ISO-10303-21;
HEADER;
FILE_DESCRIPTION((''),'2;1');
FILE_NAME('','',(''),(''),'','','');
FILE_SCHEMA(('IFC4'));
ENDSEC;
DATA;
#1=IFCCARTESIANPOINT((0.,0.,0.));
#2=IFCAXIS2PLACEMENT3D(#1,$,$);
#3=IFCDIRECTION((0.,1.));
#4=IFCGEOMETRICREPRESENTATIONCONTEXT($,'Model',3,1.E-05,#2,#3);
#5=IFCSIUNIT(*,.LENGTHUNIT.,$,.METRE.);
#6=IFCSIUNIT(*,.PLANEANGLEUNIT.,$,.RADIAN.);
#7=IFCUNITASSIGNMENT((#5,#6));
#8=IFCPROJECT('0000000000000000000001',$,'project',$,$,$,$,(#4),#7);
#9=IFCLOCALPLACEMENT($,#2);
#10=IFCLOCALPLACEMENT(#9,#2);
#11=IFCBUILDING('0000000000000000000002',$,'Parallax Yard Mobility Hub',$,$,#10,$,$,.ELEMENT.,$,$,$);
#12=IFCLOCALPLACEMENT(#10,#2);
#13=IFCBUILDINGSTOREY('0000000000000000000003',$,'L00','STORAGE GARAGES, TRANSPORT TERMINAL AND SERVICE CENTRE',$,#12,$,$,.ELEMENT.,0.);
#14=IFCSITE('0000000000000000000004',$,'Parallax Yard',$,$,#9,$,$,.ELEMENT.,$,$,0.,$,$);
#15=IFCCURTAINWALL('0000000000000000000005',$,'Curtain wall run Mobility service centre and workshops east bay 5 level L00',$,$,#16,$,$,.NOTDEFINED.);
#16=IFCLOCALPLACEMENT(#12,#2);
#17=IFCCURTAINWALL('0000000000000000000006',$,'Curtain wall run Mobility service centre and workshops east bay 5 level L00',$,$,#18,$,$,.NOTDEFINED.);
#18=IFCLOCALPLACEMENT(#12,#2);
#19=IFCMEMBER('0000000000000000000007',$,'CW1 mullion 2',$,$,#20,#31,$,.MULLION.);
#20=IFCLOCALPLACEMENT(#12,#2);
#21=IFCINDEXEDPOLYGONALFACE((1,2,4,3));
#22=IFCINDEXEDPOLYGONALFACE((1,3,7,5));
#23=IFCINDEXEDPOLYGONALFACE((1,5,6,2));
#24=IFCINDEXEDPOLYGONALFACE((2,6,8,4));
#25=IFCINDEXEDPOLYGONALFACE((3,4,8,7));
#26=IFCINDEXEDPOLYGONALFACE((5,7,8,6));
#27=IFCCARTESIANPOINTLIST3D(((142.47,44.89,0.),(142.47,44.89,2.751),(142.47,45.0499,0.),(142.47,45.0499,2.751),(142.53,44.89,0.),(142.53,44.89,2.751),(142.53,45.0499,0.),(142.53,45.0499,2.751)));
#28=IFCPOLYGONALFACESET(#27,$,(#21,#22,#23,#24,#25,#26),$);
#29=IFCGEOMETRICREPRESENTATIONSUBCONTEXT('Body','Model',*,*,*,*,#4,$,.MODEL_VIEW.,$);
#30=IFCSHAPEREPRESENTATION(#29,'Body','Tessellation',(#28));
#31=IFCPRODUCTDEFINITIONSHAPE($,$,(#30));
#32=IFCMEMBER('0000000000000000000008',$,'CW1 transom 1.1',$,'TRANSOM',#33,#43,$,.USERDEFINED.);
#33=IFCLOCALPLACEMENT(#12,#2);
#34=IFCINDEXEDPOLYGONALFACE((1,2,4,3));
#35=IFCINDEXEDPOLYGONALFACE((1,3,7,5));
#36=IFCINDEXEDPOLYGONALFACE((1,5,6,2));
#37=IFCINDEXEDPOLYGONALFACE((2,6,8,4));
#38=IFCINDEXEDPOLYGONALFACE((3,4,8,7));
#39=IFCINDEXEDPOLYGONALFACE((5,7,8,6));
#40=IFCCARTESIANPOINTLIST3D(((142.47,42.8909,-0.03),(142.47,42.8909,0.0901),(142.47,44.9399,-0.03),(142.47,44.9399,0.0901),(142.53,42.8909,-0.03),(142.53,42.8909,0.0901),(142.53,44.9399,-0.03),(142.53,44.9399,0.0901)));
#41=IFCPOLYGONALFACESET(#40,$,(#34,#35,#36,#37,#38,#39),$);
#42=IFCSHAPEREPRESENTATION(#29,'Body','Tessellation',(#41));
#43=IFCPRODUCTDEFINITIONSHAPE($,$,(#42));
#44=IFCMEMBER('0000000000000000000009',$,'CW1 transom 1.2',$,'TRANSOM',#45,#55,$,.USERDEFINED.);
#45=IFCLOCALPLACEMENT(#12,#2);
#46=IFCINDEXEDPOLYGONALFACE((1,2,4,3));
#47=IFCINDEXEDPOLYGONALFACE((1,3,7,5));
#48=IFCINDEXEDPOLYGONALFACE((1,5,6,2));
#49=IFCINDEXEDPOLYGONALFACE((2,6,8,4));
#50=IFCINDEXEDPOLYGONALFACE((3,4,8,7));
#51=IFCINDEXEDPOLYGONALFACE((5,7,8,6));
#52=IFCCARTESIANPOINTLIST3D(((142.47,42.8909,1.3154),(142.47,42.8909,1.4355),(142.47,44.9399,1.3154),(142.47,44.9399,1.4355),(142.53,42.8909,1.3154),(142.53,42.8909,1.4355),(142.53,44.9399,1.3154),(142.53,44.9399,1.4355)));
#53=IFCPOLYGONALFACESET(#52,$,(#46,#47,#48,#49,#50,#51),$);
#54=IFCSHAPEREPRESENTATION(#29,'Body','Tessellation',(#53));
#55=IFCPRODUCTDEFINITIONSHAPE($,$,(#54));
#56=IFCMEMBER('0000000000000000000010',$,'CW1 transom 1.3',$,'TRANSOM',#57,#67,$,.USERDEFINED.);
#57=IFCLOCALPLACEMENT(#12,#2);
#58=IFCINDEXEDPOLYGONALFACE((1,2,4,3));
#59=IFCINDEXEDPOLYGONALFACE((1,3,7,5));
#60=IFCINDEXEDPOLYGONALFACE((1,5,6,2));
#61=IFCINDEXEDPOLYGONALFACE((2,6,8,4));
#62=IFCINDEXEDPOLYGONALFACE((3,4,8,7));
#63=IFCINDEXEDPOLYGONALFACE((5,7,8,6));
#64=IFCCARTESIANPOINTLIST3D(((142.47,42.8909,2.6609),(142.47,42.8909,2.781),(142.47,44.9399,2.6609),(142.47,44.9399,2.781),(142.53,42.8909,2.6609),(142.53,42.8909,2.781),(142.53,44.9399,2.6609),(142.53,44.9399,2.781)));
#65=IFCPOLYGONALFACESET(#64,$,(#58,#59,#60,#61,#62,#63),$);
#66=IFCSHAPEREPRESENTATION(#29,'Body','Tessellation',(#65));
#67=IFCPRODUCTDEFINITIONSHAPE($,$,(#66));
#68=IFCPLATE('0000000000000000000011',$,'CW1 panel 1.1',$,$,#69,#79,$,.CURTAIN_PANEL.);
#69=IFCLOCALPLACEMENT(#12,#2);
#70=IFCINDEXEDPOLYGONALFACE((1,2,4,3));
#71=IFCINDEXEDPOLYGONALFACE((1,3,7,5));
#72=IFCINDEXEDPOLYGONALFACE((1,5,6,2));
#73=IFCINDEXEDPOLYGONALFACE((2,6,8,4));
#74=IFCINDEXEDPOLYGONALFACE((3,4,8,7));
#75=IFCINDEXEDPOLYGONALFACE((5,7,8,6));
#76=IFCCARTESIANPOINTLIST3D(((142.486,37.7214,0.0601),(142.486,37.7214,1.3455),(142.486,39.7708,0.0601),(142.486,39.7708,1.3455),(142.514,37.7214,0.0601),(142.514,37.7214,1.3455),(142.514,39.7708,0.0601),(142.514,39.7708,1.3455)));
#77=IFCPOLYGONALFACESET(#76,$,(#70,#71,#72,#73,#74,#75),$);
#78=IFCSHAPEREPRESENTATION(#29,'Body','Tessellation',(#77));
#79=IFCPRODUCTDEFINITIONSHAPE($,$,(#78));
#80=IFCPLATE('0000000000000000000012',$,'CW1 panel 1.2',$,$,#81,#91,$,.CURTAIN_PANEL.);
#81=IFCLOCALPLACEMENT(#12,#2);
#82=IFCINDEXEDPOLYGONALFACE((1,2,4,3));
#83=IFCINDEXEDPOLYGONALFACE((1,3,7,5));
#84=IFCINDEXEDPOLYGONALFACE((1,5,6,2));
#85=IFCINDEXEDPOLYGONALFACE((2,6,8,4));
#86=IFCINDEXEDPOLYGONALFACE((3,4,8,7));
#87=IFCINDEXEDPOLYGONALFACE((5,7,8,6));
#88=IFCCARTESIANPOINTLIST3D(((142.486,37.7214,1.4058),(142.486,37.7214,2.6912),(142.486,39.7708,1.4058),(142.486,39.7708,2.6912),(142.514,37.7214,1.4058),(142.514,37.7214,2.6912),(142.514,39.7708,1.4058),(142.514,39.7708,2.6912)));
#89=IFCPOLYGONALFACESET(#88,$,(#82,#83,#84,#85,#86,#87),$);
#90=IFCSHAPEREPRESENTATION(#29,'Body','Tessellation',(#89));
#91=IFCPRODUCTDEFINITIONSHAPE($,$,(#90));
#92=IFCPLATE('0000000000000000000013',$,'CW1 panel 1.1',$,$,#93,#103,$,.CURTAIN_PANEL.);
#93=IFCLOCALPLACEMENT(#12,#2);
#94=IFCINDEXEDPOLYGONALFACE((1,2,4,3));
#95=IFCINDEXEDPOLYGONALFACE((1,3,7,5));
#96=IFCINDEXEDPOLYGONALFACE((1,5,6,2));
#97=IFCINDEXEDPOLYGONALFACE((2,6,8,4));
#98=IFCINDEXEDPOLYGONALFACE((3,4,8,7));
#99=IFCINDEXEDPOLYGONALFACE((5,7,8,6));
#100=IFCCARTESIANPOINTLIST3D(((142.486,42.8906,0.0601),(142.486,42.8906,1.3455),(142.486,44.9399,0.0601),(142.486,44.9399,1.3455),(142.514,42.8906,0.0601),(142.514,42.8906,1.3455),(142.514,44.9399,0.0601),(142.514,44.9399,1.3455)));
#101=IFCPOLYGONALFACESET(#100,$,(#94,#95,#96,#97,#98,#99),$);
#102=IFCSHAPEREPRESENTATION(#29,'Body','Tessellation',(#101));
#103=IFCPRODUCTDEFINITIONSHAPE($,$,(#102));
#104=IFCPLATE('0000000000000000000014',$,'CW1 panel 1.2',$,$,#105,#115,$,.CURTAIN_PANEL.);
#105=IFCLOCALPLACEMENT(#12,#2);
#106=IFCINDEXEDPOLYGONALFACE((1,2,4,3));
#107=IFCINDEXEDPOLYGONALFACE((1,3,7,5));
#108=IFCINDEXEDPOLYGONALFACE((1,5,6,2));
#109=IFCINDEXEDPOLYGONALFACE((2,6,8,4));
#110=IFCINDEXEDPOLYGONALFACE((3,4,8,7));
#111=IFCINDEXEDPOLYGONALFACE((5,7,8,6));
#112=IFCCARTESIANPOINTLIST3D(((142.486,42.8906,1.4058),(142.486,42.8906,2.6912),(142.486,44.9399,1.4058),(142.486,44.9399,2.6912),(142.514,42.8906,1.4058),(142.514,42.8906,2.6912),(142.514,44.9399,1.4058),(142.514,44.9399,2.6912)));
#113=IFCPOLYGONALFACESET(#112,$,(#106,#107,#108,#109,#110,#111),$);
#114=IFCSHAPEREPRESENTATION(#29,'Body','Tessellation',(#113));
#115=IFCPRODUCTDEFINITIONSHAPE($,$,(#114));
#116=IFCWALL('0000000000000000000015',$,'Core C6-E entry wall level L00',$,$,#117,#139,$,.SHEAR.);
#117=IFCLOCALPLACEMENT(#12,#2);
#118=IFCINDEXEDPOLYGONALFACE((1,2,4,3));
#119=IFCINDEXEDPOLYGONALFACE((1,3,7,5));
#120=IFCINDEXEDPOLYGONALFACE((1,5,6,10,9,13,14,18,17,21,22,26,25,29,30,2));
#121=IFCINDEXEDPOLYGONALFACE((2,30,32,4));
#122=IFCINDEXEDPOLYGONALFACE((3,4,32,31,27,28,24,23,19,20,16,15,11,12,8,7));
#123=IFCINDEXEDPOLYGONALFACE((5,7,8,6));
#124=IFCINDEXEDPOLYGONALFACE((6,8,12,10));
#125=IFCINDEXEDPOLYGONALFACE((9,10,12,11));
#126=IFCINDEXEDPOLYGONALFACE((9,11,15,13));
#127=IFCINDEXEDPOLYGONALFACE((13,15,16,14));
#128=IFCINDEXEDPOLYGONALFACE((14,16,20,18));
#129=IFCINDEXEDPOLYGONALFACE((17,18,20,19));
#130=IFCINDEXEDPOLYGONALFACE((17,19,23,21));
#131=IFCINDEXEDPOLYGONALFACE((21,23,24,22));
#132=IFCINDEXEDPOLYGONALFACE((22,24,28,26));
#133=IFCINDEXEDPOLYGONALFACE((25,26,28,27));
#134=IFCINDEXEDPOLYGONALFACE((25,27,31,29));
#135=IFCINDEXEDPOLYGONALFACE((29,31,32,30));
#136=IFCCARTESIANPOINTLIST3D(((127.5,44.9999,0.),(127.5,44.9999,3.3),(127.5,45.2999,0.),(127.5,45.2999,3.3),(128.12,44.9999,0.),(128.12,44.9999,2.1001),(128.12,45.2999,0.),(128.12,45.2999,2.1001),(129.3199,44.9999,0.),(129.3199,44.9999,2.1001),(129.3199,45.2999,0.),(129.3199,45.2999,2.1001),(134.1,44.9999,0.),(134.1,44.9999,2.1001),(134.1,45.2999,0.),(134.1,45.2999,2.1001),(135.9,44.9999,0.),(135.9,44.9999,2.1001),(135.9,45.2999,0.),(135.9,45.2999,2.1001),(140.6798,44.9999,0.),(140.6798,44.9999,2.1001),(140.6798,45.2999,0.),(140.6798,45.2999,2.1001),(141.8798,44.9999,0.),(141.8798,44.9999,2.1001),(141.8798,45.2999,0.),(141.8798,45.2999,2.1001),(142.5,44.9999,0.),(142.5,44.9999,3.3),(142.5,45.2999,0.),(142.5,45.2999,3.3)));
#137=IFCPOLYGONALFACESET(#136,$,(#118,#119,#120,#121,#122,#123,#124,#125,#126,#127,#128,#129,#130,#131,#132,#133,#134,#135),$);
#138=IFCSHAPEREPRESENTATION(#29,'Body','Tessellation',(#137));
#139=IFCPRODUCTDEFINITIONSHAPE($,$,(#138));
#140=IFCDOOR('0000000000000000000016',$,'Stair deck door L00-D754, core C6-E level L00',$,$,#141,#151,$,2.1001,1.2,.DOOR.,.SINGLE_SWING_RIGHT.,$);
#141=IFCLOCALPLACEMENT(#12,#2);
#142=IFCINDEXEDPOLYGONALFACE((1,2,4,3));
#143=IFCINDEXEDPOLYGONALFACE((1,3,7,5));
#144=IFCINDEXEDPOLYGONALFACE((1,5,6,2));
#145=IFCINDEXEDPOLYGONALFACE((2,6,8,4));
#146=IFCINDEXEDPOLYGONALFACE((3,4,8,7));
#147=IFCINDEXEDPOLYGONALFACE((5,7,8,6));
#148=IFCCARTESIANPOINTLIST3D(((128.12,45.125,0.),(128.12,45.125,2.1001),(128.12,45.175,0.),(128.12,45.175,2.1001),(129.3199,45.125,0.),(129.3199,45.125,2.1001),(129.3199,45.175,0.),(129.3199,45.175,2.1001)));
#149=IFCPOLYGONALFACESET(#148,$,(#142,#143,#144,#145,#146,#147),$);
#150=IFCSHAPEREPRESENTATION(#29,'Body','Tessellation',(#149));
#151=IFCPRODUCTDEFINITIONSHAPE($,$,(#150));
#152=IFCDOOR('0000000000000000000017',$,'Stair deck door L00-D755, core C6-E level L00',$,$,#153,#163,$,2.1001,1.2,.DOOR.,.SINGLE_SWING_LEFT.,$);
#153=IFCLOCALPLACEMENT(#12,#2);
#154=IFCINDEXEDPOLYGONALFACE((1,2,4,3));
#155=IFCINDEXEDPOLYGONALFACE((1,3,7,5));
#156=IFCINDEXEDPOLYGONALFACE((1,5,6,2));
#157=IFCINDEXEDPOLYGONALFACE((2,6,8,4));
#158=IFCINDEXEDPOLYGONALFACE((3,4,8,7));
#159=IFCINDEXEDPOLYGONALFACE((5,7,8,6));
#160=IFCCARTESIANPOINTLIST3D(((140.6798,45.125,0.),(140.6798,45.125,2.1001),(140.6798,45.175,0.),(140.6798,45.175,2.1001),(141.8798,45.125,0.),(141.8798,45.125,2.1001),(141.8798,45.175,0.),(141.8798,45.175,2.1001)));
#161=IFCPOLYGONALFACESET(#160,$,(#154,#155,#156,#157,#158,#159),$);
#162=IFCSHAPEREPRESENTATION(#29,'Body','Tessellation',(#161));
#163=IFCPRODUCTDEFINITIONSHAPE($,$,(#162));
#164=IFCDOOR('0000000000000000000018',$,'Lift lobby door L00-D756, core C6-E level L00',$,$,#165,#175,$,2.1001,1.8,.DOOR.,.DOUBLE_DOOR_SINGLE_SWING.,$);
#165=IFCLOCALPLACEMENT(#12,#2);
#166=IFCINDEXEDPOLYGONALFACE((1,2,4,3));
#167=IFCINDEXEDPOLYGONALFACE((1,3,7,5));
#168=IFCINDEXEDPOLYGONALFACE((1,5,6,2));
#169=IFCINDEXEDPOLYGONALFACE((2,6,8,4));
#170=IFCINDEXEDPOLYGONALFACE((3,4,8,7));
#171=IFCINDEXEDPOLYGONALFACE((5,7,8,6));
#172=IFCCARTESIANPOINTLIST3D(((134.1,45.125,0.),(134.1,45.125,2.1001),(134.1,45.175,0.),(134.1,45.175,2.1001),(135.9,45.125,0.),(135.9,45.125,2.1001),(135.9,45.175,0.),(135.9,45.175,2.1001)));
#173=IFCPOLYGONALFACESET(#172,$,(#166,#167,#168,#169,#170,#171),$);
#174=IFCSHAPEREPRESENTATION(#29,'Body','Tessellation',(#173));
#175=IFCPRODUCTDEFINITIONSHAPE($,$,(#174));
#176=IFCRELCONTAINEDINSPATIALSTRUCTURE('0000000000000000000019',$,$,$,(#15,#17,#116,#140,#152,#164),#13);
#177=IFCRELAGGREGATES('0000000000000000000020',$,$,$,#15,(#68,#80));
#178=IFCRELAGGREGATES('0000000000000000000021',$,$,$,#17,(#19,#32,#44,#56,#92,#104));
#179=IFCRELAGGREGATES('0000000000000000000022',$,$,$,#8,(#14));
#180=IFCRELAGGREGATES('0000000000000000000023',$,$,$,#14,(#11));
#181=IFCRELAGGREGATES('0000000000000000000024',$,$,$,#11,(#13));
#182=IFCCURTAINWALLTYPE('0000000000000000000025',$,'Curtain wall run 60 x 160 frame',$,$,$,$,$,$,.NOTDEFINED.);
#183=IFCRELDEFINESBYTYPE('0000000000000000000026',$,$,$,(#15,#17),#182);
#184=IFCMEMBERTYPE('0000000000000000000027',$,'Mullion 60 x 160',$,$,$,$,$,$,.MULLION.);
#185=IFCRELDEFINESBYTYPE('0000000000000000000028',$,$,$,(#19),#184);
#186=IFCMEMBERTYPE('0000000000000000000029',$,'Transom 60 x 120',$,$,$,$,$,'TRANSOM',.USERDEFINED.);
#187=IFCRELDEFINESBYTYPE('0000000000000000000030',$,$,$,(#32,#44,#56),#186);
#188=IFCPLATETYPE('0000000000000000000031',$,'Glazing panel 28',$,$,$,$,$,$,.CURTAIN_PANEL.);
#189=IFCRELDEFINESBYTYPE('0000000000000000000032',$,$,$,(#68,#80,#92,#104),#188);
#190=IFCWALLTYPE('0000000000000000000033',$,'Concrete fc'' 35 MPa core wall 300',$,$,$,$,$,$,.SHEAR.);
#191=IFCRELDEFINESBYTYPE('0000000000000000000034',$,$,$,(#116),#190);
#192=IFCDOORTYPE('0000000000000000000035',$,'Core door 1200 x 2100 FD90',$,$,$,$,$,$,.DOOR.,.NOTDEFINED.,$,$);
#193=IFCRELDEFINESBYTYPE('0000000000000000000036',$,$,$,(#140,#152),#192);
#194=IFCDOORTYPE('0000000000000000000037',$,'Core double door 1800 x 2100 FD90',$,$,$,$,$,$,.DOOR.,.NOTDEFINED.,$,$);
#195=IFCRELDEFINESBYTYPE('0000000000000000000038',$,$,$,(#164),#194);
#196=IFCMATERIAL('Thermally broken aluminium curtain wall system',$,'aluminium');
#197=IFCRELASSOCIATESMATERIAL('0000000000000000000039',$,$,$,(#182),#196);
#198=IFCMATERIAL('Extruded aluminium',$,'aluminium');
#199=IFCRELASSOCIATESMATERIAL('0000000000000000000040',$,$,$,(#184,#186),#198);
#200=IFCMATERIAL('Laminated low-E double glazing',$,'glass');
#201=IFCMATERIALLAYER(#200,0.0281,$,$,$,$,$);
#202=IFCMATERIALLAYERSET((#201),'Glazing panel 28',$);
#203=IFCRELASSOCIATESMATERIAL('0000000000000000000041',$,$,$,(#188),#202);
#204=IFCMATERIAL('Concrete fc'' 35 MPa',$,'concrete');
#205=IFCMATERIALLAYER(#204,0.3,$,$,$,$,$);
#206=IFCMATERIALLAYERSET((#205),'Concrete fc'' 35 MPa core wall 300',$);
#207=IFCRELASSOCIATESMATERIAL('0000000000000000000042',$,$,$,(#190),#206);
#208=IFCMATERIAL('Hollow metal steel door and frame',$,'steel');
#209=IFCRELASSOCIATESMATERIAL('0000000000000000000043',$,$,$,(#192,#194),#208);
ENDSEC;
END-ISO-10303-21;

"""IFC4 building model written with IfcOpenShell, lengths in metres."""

from ifc_helpers import new_model, si_unit, direction, frame, frame_2d, origin, origin_2d, place, context, subcontext, project, spatial, rectangle, extrude, material, layer, layer_set, material_profile, profile_set, type_object, element, fill, aggregate, save


model = new_model("IFC4")

# Units and contexts
model_context = context("Model", 3, precision=1e-05, world=origin(), true_north=direction((0.0, 1.0)))
body_context = subcontext(model_context, "Body", "Model", "MODEL_VIEW")
ifc_project = project(units=[si_unit("LENGTHUNIT", "METRE"), si_unit("PLANEANGLEUNIT", "RADIAN")], contexts=[model_context])

# Site, building, storey
site_placement = place(None, origin())
site = spatial("IfcSite", under=ifc_project, at=site_placement, Name="Parallax Yard", CompositionType="ELEMENT", RefElevation=0.0)
building_placement = place(site_placement, origin())
building = spatial("IfcBuilding", under=site, at=building_placement, Name="Parallax Yard Mobility Hub", CompositionType="ELEMENT")
storey_placement = place(building_placement, origin())
storey = spatial("IfcBuildingStorey", under=building, at=storey_placement, Name="L00", Description="STORAGE GARAGES, TRANSPORT TERMINAL AND SERVICE CENTRE", CompositionType="ELEMENT", Elevation=0.0)

# Curtain wall
ifc_material_1 = material(Name="Thermally broken aluminium curtain wall system", Category="aluminium")
curtain_wall_type = type_object("IfcCurtainWallType", Name="Curtain wall run 60 x 160 frame", PredefinedType="NOTDEFINED", material=ifc_material_1)
ifc_material_2 = material(Name="Extruded aluminium", Category="aluminium")
ifc_material_profile_1 = material_profile(ifc_material_2, rectangle(XDim=0.0601, YDim=0.1599, at=origin_2d()), Name="Mullion 60 x 160")
ifc_profile_set_1 = profile_set([ifc_material_profile_1], Name="Extruded aluminium")
member_type_1 = type_object("IfcMemberType", Name="Mullion 60 x 160", PredefinedType="MULLION", material=ifc_profile_set_1)
curtain_wall_1_placement = place(storey_placement, origin())
curtain_wall_1 = element("IfcCurtainWall", 1, at=curtain_wall_1_placement, inside=storey, type_object=curtain_wall_type, Name="Curtain wall run Mobility service centre and workshops east bay 5 level L00", PredefinedType="NOTDEFINED")

# Curtain wall, members
curtain_wall_2_placement = place(storey_placement, origin())
curtain_wall_2 = element("IfcCurtainWall", 2, at=curtain_wall_2_placement, inside=storey, type_object=curtain_wall_type, Name="Curtain wall run Mobility service centre and workshops east bay 5 level L00", PredefinedType="NOTDEFINED")
member_1_placement = place(storey_placement, frame((142.5, 44.97, 0.0), z_axis=(0.0, 0.0, 1.0), x_axis=(-1.0, 0.0, 0.0)))
member_1 = element("IfcMember", 3, at=member_1_placement, type_object=member_type_1, Name="CW1 mullion 2", PredefinedType="MULLION", context=body_context, shape_type="SweptSolid", body=[
    extrude(rectangle(XDim=0.0601, YDim=0.1599, at=origin_2d()), origin(), (0.0, 0.0, 1.0), 2.751),
])
ifc_material_profile_2 = material_profile(ifc_material_2, rectangle(XDim=0.0601, YDim=0.1201, at=origin_2d()), Name="Transom 60 x 120")
ifc_profile_set_2 = profile_set([ifc_material_profile_2], Name="Extruded aluminium")
member_type_2 = type_object("IfcMemberType", Name="Transom 60 x 120", ElementType="TRANSOM", PredefinedType="USERDEFINED", material=ifc_profile_set_2)
member_2_placement = place(storey_placement, frame((142.5, 42.8909, 0.03), z_axis=(0.0, 1.0, 0.0), x_axis=(-1.0, 0.0, 0.0)))
member_2 = element("IfcMember", 4, at=member_2_placement, type_object=member_type_2, Name="CW1 transom 1.1", ObjectType="TRANSOM", PredefinedType="USERDEFINED", context=body_context, shape_type="SweptSolid", body=[
    extrude(rectangle(XDim=0.0601, YDim=0.1201, at=origin_2d()), origin(), (0.0, 0.0, 1.0), 2.0491),
])
member_3_placement = place(storey_placement, frame((142.5, 42.8909, 1.3755), z_axis=(0.0, 1.0, 0.0), x_axis=(-1.0, 0.0, 0.0)))
member_3 = element("IfcMember", 5, at=member_3_placement, type_object=member_type_2, Name="CW1 transom 1.2", ObjectType="TRANSOM", PredefinedType="USERDEFINED", context=body_context, shape_type="SweptSolid", body=[
    extrude(rectangle(XDim=0.0601, YDim=0.1201, at=origin_2d()), origin(), (0.0, 0.0, 1.0), 2.0491),
])
member_4_placement = place(storey_placement, frame((142.5, 42.8909, 2.7209), z_axis=(0.0, 1.0, 0.0), x_axis=(-1.0, 0.0, 0.0)))
member_4 = element("IfcMember", 6, at=member_4_placement, type_object=member_type_2, Name="CW1 transom 1.3", ObjectType="TRANSOM", PredefinedType="USERDEFINED", context=body_context, shape_type="SweptSolid", body=[
    extrude(rectangle(XDim=0.0601, YDim=0.1201, at=origin_2d()), origin(), (0.0, 0.0, 1.0), 2.0491),
])

# Plates
ifc_material_3 = material(Name="Laminated low-E double glazing", Category="glass")
ifc_layer_1 = layer(ifc_material_3, 0.0281)
ifc_layer_set_1 = layer_set([ifc_layer_1], Name="Glazing panel 28")
plate_type = type_object("IfcPlateType", Name="Glazing panel 28", PredefinedType="CURTAIN_PANEL", material=ifc_layer_set_1)
plate_1_placement = place(storey_placement, frame((142.5, 38.7461, 0.0601), z_axis=(0.0, 0.0, 1.0), x_axis=(0.0, 1.0, 0.0)))
plate_1 = element("IfcPlate", 7, at=plate_1_placement, type_object=plate_type, Name="CW1 panel 1.1", PredefinedType="CURTAIN_PANEL", context=body_context, shape_type="SweptSolid", body=[
    extrude(rectangle(XDim=2.0493, YDim=0.0281, at=origin_2d()), origin(), (0.0, 0.0, 1.0), 1.2854),
])
plate_2_placement = place(storey_placement, frame((142.5, 38.7461, 1.4058), z_axis=(0.0, 0.0, 1.0), x_axis=(0.0, 1.0, 0.0)))
plate_2 = element("IfcPlate", 8, at=plate_2_placement, type_object=plate_type, Name="CW1 panel 1.2", PredefinedType="CURTAIN_PANEL", context=body_context, shape_type="SweptSolid", body=[
    extrude(rectangle(XDim=2.0493, YDim=0.0281, at=origin_2d()), origin(), (0.0, 0.0, 1.0), 1.2854),
])
aggregate(curtain_wall_1, [plate_1, plate_2])
plate_3_placement = place(storey_placement, frame((142.5, 43.9153, 0.0601), z_axis=(0.0, 0.0, 1.0), x_axis=(0.0, 1.0, 0.0)))
plate_3 = element("IfcPlate", 9, at=plate_3_placement, type_object=plate_type, Name="CW1 panel 1.1", PredefinedType="CURTAIN_PANEL", context=body_context, shape_type="SweptSolid", body=[
    extrude(rectangle(XDim=2.0493, YDim=0.0281, at=origin_2d()), origin(), (0.0, 0.0, 1.0), 1.2854),
])
plate_4_placement = place(storey_placement, frame((142.5, 43.9153, 1.4058), z_axis=(0.0, 0.0, 1.0), x_axis=(0.0, 1.0, 0.0)))
plate_4 = element("IfcPlate", 10, at=plate_4_placement, type_object=plate_type, Name="CW1 panel 1.2", PredefinedType="CURTAIN_PANEL", context=body_context, shape_type="SweptSolid", body=[
    extrude(rectangle(XDim=2.0493, YDim=0.0281, at=origin_2d()), origin(), (0.0, 0.0, 1.0), 1.2854),
])
aggregate(curtain_wall_2, [member_1, member_2, member_3, member_4, plate_3, plate_4])

# Wall, openings, doors
ifc_material_4 = material(Name="Concrete fc' 35 MPa", Category="concrete")
ifc_layer_2 = layer(ifc_material_4, 0.3)
ifc_layer_set_2 = layer_set([ifc_layer_2], Name="Concrete fc' 35 MPa core wall 300")
wall_type_1 = type_object("IfcWallType", Name="Concrete fc' 35 MPa core wall 300", PredefinedType="SHEAR", material=ifc_layer_set_2)
wall_1_placement = place(storey_placement, frame((142.5, 45.1499, 0.0), z_axis=(0.0, 0.0, 1.0), x_axis=(-1.0, 0.0, 0.0)))
wall_1 = element("IfcWall", 11, at=wall_1_placement, inside=storey, type_object=wall_type_1, Name="Core C6-E entry wall level L00", PredefinedType="SHEAR", context=body_context, shape_type="SweptSolid", body=[
    extrude(rectangle(XDim=15.0, YDim=0.3, at=frame_2d((7.5, 0.0))), origin(), (0.0, 0.0, 1.0), 3.3),
])
opening_1_placement = place(wall_1_placement, frame((13.1799, 0.0, 0.0)))
opening_1 = element("IfcOpeningElement", 12, at=opening_1_placement, cuts=wall_1, PredefinedType="OPENING", context=body_context, shape_type="SweptSolid", body=[
    extrude(rectangle(XDim=1.2, YDim=2.1001, at=frame_2d((0.6001, 1.05))), frame((0.0, 0.1602, 0.0), z_axis=(0.0, -1.0, 0.0), x_axis=(1.0, 0.0, 0.0)), (0.0, 0.0, 1.0), 0.3201),
])
opening_2_placement = place(wall_1_placement, frame((0.6201, 0.0, 0.0)))
opening_2 = element("IfcOpeningElement", 13, at=opening_2_placement, cuts=wall_1, PredefinedType="OPENING", context=body_context, shape_type="SweptSolid", body=[
    extrude(rectangle(XDim=1.2, YDim=2.1001, at=frame_2d((0.6001, 1.05))), frame((0.0, 0.1602, 0.0), z_axis=(0.0, -1.0, 0.0), x_axis=(1.0, 0.0, 0.0)), (0.0, 0.0, 1.0), 0.3201),
])
opening_3_placement = place(wall_1_placement, frame((6.6001, 0.0, 0.0)))
opening_3 = element("IfcOpeningElement", 14, at=opening_3_placement, cuts=wall_1, PredefinedType="OPENING", context=body_context, shape_type="SweptSolid", body=[
    extrude(rectangle(XDim=1.8, YDim=2.1001, at=frame_2d((0.8999, 1.05))), frame((0.0, 0.1602, 0.0), z_axis=(0.0, -1.0, 0.0), x_axis=(1.0, 0.0, 0.0)), (0.0, 0.0, 1.0), 0.3201),
])
ifc_material_5 = material(Name="Hollow metal steel door and frame", Category="steel")
door_type_1 = type_object("IfcDoorType", Name="Core door 1200 x 2100 FD90", OperationType="NOTDEFINED", PredefinedType="DOOR", material=ifc_material_5)
door_1_placement = place(opening_1_placement, origin())
door_1 = element("IfcDoor", 15, at=door_1_placement, inside=storey, type_object=door_type_1, Name="Stair deck door L00-D754, core C6-E level L00", OperationType="SINGLE_SWING_RIGHT", OverallHeight=2.1001, OverallWidth=1.2, PredefinedType="DOOR", context=body_context, shape_type="SweptSolid", body=[
    extrude(rectangle(XDim=1.2, YDim=2.1001, at=frame_2d((0.6001, 1.05))), frame((0.0, 0.0249, 0.0), z_axis=(0.0, -1.0, 0.0), x_axis=(1.0, 0.0, 0.0)), (0.0, 0.0, 1.0), 0.05),
])
fill(opening_1, door_1)
door_2_placement = place(opening_2_placement, origin())
door_2 = element("IfcDoor", 16, at=door_2_placement, inside=storey, type_object=door_type_1, Name="Stair deck door L00-D755, core C6-E level L00", OperationType="SINGLE_SWING_LEFT", OverallHeight=2.1001, OverallWidth=1.2, PredefinedType="DOOR", context=body_context, shape_type="SweptSolid", body=[
    extrude(rectangle(XDim=1.2, YDim=2.1001, at=frame_2d((0.6001, 1.05))), frame((0.0, 0.0249, 0.0), z_axis=(0.0, -1.0, 0.0), x_axis=(1.0, 0.0, 0.0)), (0.0, 0.0, 1.0), 0.05),
])
fill(opening_2, door_2)
door_type_2 = type_object("IfcDoorType", Name="Core double door 1800 x 2100 FD90", OperationType="NOTDEFINED", PredefinedType="DOOR", material=ifc_material_5)
door_3_placement = place(opening_3_placement, origin())
door_3 = element("IfcDoor", 17, at=door_3_placement, inside=storey, type_object=door_type_2, Name="Lift lobby door L00-D756, core C6-E level L00", OperationType="DOUBLE_DOOR_SINGLE_SWING", OverallHeight=2.1001, OverallWidth=1.8, PredefinedType="DOOR", context=body_context, shape_type="SweptSolid", body=[
    extrude(rectangle(XDim=1.8, YDim=2.1001, at=frame_2d((0.8999, 1.05))), frame((0.0, 0.0249, 0.0), z_axis=(0.0, -1.0, 0.0), x_axis=(1.0, 0.0, 0.0)), (0.0, 0.0, 1.0), 0.05),
])
fill(opening_3, door_3)

save(model, "model.ifc")
